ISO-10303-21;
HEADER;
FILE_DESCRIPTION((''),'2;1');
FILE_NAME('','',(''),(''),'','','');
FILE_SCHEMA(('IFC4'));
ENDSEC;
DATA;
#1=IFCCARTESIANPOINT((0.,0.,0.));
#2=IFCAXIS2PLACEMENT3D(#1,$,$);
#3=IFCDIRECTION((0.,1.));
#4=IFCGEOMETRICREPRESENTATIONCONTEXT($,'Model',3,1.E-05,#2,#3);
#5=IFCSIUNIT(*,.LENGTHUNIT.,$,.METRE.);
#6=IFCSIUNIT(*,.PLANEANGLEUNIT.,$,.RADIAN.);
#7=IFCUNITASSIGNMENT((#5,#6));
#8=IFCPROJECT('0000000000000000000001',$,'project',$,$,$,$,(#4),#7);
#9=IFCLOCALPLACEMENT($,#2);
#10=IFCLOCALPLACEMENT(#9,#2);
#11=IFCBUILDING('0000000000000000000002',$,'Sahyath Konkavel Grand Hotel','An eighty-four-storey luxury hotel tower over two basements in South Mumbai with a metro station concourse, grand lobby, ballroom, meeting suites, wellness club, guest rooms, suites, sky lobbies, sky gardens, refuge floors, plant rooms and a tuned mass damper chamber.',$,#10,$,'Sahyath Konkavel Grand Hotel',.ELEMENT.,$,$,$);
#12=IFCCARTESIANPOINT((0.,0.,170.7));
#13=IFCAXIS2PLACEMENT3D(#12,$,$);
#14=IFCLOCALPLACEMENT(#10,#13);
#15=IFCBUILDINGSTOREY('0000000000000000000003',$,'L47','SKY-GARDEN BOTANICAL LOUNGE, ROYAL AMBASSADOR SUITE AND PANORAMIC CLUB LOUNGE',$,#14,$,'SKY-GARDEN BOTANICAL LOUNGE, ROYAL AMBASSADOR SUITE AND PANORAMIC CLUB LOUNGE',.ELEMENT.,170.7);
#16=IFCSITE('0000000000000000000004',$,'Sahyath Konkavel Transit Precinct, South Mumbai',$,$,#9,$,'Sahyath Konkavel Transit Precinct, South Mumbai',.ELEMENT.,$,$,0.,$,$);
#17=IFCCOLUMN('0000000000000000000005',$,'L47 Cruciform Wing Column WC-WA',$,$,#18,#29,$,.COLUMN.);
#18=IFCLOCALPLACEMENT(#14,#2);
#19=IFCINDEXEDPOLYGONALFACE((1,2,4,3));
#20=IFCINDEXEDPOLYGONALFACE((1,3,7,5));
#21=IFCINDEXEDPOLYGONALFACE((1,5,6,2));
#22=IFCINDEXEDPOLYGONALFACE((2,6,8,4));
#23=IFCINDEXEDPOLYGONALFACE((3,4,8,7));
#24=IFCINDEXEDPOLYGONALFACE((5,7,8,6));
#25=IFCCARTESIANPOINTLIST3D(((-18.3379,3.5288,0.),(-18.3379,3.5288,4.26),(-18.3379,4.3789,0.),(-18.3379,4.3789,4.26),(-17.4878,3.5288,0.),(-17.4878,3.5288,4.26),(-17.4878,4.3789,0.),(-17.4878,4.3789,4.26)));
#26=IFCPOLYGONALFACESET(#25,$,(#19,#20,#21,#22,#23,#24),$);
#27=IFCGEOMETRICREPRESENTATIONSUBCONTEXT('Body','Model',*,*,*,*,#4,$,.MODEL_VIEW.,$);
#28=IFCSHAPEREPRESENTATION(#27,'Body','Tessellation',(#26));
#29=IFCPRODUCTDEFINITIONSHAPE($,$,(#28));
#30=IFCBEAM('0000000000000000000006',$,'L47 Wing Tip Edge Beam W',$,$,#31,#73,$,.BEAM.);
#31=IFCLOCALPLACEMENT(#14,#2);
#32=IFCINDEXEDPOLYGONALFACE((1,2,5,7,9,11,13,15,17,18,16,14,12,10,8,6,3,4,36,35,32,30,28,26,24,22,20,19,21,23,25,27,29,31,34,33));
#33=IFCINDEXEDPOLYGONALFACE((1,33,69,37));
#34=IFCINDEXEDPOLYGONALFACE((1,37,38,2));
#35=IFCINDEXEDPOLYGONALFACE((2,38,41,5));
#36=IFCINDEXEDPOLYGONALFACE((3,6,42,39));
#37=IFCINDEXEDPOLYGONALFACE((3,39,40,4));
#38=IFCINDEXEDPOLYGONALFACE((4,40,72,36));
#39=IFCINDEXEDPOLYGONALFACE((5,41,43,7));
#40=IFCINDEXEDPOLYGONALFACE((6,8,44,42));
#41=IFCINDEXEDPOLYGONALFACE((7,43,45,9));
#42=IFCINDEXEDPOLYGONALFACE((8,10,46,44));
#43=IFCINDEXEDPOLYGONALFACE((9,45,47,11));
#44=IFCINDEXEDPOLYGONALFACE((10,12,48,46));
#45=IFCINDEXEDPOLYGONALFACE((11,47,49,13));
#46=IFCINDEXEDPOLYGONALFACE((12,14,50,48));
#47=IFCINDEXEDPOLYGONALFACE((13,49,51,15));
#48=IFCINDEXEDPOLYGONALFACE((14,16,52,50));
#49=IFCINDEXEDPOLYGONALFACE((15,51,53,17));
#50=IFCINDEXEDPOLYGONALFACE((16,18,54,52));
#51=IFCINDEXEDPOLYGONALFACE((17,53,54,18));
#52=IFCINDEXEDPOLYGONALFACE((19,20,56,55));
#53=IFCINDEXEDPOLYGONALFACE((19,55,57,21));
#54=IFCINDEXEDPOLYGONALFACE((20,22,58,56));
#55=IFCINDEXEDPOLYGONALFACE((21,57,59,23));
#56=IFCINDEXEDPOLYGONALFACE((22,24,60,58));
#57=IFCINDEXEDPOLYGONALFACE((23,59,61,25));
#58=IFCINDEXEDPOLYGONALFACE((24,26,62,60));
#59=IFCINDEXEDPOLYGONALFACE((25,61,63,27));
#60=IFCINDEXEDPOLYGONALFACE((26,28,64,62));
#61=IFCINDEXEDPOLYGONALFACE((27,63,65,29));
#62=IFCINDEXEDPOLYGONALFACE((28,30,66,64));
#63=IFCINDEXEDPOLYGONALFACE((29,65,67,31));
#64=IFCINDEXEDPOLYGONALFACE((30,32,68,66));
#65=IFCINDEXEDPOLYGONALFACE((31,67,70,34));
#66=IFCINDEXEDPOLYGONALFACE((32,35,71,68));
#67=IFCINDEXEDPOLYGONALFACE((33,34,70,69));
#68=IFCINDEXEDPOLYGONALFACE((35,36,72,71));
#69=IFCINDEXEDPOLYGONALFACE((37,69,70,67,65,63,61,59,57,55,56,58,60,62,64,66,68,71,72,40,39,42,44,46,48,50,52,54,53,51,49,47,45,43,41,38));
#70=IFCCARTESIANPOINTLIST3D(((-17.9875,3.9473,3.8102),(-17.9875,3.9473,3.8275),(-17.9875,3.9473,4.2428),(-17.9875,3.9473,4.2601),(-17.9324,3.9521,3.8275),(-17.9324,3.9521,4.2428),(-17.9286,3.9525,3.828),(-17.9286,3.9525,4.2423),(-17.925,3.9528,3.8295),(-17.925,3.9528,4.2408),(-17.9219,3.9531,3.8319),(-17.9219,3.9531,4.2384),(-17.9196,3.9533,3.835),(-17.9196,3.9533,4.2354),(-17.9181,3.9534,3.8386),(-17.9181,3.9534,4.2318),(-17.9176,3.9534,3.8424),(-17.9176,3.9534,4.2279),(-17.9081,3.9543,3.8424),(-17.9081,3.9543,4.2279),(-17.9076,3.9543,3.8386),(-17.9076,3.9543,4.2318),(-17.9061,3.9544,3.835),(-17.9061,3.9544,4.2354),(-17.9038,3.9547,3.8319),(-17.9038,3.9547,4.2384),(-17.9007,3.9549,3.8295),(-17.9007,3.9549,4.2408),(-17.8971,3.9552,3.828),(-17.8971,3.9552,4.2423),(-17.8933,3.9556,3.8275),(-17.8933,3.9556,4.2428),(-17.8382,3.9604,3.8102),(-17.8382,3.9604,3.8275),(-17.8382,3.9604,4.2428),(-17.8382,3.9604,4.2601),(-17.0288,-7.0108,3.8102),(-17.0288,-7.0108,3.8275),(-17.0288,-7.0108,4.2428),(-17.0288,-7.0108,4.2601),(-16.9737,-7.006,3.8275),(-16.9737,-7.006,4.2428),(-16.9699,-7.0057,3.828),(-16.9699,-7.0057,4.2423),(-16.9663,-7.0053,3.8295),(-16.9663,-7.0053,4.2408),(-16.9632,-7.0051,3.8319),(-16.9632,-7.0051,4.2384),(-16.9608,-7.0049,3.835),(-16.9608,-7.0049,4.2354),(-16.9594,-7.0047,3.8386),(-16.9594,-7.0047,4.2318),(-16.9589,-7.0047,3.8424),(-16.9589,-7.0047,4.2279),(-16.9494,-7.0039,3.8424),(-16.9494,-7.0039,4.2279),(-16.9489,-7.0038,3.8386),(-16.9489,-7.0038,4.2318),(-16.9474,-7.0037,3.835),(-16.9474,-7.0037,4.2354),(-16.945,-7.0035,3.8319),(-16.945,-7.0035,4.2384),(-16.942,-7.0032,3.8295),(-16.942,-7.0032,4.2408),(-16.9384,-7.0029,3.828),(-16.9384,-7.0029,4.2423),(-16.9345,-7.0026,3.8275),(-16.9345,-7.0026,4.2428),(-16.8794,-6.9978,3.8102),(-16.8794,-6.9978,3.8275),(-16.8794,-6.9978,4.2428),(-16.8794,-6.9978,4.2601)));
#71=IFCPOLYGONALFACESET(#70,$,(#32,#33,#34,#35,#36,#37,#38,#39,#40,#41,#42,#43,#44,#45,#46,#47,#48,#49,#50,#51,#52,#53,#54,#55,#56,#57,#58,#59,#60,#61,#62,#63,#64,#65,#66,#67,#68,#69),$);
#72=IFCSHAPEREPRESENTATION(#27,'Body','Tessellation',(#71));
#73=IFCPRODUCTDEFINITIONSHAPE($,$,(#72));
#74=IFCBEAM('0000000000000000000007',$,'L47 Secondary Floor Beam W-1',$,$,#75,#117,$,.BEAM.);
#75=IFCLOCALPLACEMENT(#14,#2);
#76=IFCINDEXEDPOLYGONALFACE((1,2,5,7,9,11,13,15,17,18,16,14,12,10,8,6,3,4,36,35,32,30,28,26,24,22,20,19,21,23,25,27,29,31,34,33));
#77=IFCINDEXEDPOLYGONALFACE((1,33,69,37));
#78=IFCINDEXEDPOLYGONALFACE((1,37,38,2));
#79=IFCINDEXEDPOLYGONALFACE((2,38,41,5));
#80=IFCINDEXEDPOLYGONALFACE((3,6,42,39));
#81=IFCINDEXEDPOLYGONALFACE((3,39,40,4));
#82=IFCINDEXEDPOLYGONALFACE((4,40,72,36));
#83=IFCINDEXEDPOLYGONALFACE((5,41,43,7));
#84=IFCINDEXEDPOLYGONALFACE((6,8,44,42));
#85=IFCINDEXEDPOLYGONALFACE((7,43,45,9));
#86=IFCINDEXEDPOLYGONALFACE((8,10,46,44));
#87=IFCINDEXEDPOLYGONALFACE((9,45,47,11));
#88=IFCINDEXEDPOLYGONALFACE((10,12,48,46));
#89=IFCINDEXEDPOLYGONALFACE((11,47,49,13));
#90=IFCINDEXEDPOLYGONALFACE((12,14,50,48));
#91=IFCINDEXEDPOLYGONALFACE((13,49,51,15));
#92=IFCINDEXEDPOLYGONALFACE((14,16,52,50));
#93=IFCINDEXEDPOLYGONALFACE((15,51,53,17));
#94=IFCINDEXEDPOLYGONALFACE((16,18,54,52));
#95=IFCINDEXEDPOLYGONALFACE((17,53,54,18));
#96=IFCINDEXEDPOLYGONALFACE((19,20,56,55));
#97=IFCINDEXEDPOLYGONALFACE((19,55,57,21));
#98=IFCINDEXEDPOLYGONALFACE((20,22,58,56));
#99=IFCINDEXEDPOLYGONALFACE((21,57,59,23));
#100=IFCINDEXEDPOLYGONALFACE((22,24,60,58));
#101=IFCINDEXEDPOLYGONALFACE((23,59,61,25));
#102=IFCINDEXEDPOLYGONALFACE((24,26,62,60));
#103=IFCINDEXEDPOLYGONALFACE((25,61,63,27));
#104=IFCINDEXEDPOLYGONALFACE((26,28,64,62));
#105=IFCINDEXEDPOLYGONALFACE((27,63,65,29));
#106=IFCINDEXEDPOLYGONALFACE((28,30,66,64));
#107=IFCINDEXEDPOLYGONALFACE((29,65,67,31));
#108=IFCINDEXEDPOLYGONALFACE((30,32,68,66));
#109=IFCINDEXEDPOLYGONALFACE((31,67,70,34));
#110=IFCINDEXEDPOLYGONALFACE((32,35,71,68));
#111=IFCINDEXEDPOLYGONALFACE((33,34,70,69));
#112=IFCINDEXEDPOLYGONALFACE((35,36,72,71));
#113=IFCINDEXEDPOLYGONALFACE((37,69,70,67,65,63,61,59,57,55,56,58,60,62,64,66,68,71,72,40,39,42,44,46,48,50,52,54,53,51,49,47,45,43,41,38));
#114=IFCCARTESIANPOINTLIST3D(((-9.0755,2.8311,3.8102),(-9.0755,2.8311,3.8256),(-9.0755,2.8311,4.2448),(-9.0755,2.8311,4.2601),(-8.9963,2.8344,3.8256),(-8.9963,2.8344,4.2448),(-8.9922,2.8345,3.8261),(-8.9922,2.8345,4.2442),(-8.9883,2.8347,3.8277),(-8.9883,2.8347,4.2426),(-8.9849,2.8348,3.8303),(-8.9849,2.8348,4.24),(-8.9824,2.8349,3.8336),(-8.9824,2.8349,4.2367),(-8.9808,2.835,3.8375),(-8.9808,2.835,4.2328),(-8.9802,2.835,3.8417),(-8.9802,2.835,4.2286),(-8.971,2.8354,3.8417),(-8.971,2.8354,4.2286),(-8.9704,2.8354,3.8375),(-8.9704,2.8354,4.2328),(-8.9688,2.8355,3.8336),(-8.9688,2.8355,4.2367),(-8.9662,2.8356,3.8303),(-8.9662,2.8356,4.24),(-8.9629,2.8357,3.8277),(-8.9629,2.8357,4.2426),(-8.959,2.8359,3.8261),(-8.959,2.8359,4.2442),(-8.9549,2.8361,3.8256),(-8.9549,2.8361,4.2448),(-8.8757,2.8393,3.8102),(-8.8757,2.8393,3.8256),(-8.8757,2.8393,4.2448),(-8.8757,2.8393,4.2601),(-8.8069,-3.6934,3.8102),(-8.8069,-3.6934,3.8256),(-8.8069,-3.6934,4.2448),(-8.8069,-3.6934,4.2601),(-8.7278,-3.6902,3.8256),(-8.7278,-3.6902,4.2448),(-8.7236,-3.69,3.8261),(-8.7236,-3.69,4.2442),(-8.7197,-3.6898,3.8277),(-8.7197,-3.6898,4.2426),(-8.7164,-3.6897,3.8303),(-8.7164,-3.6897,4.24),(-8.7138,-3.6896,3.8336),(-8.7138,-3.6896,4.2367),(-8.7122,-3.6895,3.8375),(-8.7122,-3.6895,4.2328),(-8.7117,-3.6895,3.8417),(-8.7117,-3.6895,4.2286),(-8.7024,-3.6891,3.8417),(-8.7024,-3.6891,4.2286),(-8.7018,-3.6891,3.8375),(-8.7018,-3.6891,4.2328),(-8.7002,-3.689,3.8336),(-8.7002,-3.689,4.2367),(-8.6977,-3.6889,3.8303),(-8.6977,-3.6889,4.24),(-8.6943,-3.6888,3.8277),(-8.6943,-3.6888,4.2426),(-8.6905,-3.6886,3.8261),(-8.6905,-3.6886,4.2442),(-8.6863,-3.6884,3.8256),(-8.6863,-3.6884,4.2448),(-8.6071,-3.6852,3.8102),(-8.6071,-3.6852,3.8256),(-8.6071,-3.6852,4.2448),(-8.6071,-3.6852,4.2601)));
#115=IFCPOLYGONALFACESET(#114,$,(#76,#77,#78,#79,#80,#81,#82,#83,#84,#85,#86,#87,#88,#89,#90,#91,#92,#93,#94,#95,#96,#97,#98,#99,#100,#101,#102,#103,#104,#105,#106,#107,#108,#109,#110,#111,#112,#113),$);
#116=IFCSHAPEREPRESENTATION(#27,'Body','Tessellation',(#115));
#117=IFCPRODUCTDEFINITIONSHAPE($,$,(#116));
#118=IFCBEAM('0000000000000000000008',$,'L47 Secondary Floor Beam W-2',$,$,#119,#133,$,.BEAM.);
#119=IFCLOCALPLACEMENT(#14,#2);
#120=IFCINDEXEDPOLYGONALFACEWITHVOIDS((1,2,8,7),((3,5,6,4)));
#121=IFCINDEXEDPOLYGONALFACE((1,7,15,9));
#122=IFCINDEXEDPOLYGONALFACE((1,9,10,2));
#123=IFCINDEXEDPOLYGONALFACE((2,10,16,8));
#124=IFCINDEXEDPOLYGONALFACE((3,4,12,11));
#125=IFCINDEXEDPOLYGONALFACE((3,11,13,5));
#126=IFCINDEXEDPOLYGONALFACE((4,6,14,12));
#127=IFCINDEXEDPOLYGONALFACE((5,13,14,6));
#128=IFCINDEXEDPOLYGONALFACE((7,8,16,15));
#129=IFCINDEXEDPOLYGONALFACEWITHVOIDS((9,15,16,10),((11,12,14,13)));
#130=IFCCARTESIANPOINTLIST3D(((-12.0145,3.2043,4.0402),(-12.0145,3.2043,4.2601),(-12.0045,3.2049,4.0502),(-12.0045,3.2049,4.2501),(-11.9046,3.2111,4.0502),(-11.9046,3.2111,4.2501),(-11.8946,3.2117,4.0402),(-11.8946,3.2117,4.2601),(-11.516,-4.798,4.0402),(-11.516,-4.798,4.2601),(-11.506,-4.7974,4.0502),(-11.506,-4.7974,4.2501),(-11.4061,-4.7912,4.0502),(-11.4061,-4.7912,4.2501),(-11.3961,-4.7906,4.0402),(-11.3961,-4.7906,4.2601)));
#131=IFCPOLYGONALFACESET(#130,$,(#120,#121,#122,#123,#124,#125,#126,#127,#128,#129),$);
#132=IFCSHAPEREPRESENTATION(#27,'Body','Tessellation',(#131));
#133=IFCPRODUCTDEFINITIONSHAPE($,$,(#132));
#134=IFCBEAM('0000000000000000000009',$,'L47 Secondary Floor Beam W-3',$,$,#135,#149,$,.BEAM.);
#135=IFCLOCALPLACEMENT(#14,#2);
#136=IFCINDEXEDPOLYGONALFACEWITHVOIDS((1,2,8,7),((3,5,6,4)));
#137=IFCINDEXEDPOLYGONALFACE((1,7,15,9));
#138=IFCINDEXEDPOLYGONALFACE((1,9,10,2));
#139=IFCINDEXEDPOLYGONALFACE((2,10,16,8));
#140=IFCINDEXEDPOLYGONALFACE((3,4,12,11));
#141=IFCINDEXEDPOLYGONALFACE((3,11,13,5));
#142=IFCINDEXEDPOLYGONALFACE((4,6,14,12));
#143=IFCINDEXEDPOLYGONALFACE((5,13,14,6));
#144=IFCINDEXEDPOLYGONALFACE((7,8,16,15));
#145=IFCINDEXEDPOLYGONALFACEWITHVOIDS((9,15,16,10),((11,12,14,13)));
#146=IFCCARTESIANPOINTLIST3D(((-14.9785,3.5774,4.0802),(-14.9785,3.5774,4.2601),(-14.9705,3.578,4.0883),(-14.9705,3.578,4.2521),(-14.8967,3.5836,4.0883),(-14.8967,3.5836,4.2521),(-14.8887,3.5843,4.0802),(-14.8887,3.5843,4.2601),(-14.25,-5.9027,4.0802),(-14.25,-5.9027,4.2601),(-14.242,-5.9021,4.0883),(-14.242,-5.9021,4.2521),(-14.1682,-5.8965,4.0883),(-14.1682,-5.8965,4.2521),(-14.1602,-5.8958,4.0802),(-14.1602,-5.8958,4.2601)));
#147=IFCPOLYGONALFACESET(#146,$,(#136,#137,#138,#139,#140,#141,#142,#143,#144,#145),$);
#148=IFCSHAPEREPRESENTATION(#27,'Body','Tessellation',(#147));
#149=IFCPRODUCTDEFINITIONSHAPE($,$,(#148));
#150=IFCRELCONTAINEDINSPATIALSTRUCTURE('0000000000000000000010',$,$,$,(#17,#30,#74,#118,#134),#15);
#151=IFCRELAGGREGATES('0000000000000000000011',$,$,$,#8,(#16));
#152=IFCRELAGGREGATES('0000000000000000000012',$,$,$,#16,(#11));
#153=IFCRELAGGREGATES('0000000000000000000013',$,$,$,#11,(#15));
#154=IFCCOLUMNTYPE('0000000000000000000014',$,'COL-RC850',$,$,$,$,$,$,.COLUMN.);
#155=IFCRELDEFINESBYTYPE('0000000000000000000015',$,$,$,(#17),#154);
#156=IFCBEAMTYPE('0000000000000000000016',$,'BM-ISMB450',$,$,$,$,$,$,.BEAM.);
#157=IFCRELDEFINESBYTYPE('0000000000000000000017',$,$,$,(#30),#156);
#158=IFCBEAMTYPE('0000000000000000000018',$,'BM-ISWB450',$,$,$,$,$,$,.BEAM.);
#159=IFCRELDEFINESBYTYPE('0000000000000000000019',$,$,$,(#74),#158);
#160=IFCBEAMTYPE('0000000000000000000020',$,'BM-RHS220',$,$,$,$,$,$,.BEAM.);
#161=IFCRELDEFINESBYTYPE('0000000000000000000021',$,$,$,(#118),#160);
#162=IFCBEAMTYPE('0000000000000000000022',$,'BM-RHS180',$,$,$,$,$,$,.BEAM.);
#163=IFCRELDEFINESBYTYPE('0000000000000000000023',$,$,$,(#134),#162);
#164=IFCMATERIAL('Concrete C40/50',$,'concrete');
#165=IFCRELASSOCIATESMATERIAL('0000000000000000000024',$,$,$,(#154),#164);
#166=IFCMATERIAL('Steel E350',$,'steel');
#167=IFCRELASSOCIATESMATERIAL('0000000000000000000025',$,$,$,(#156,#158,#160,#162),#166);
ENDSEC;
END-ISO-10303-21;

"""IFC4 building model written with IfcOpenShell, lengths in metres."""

from ifc_helpers import new_model, si_unit, direction, frame, origin, origin_2d, place, context, subcontext, project, spatial, rectangle, hollow_rectangle, i_section, extrude, source, transform, mapped, material, material_profile, profile_set, type_object, element, save


model = new_model("IFC4")

# Units and contexts
model_context = context("Model", 3, precision=1e-05, world=origin(), true_north=direction((0.0, 1.0)))
body_context = subcontext(model_context, "Body", "Model", "MODEL_VIEW")
ifc_project = project(units=[si_unit("LENGTHUNIT", "METRE"), si_unit("PLANEANGLEUNIT", "RADIAN")], contexts=[model_context])

# Site, building, storey
site_placement = place(None, origin())
site = spatial("IfcSite", under=ifc_project, at=site_placement, Name="Sahyath Konkavel Transit Precinct, South Mumbai", LongName="Sahyath Konkavel Transit Precinct, South Mumbai", CompositionType="ELEMENT", RefElevation=0.0)
building_placement = place(site_placement, origin())
building = spatial("IfcBuilding", under=site, at=building_placement, Name="Sahyath Konkavel Grand Hotel", Description="An eighty-four-storey luxury hotel tower over two basements in South Mumbai with a metro station concourse, grand lobby, ballroom, meeting suites, wellness club, guest rooms, suites, sky lobbies, sky gardens, refuge floors, plant rooms and a tuned mass damper chamber.", LongName="Sahyath Konkavel Grand Hotel", CompositionType="ELEMENT")
storey_placement = place(building_placement, frame((0.0, 0.0, 170.7)))
storey = spatial("IfcBuildingStorey", under=building, at=storey_placement, Name="L47", Description="SKY-GARDEN BOTANICAL LOUNGE, ROYAL AMBASSADOR SUITE AND PANORAMIC CLUB LOUNGE", LongName="SKY-GARDEN BOTANICAL LOUNGE, ROYAL AMBASSADOR SUITE AND PANORAMIC CLUB LOUNGE", CompositionType="ELEMENT", Elevation=170.7)

# Column
ifc_material_1 = material(Name="Concrete C40/50", Category="concrete")
ifc_material_profile_1 = material_profile(ifc_material_1, rectangle(XDim=0.8501, YDim=0.8501, at=origin_2d()), Name="RC 850x850")
ifc_profile_set_1 = profile_set([ifc_material_profile_1], Name="Concrete C40/50")
column_type = type_object("IfcColumnType", Name="COL-RC850", PredefinedType="COLUMN", material=ifc_profile_set_1)
shared_shape_1 = source(origin(), body_context, "Body", "SweptSolid", [
    extrude(rectangle(XDim=0.8501, YDim=0.8501, at=origin_2d()), origin(), (0.0, 0.0, 1.0), 4.26),
])
column_placement = place(storey_placement, frame((-17.9128, 3.9539, 0.0), z_axis=(0.0, 0.0, 1.0), x_axis=(1.0, 0.0, 0.0)))
element("IfcColumn", 1, at=column_placement, inside=storey, type_object=column_type, Name="L47 Cruciform Wing Column WC-WA", PredefinedType="COLUMN", context=body_context, shape_type="MappedRepresentation", body=[
    mapped(shared_shape_1, transform((0.0, 0.0, 0.0), scale=1.0)),
])

# Beams
ifc_material_2 = material(Name="Steel E350", Category="steel")
ifc_material_profile_2 = material_profile(ifc_material_2, i_section(OverallWidth=0.1499, OverallDepth=0.45, WebThickness=0.0095, FlangeThickness=0.0173, FilletRadius=0.0149, at=origin_2d()), Name="ISMB 450")
ifc_profile_set_2 = profile_set([ifc_material_profile_2], Name="Steel E350")
beam_type_1 = type_object("IfcBeamType", Name="BM-ISMB450", PredefinedType="BEAM", material=ifc_profile_set_2)
shared_shape_2 = source(origin(), body_context, "Body", "SweptSolid", [
    extrude(i_section(OverallWidth=0.1499, OverallDepth=0.45, WebThickness=0.0095, FlangeThickness=0.0173, FilletRadius=0.0149, at=origin_2d()), origin(), (0.0, 0.0, 1.0), 11.0),
])
beam_1_placement = place(storey_placement, frame((-17.9128, 3.9539, 4.0352), z_axis=(0.087157, -0.996195, 0.0), x_axis=(0.996195, 0.087157, 0.0)))
element("IfcBeam", 2, at=beam_1_placement, inside=storey, type_object=beam_type_1, Name="L47 Wing Tip Edge Beam W", PredefinedType="BEAM", context=body_context, shape_type="MappedRepresentation", body=[
    mapped(shared_shape_2, transform((0.0, 0.0, 0.0), scale=1.0)),
])
ifc_material_profile_3 = material_profile(ifc_material_2, i_section(OverallWidth=0.2, OverallDepth=0.45, WebThickness=0.0093, FlangeThickness=0.0154, FilletRadius=0.0161, at=origin_2d()), Name="ISWB 450")
ifc_profile_set_3 = profile_set([ifc_material_profile_3], Name="Steel E350")
beam_type_2 = type_object("IfcBeamType", Name="BM-ISWB450", PredefinedType="BEAM", material=ifc_profile_set_3)
shared_shape_3 = source(origin(), body_context, "Body", "SweptSolid", [
    extrude(i_section(OverallWidth=0.2, OverallDepth=0.45, WebThickness=0.0093, FlangeThickness=0.0154, FilletRadius=0.0161, at=origin_2d()), origin(), (0.0, 0.0, 1.0), 6.53),
])
beam_2_placement = place(storey_placement, frame((-8.9756, 2.8352, 4.0352), z_axis=(0.041127, -0.999154, 0.0), x_axis=(0.999154, 0.041127, 0.0)))
element("IfcBeam", 3, at=beam_2_placement, inside=storey, type_object=beam_type_2, Name="L47 Secondary Floor Beam W-1", PredefinedType="BEAM", context=body_context, shape_type="MappedRepresentation", body=[
    mapped(shared_shape_3, transform((0.0, 0.0, 0.0), scale=1.0)),
])
ifc_material_profile_4 = material_profile(ifc_material_2, hollow_rectangle(XDim=0.1201, YDim=0.22, WallThickness=0.01, at=origin_2d()), Name="RHS 220x120x10")
ifc_profile_set_4 = profile_set([ifc_material_profile_4], Name="Steel E350")
beam_type_3 = type_object("IfcBeamType", Name="BM-RHS220", PredefinedType="BEAM", material=ifc_profile_set_4)
shared_shape_4 = source(origin(), body_context, "Body", "SweptSolid", [
    extrude(hollow_rectangle(XDim=0.1201, YDim=0.22, WallThickness=0.01, at=origin_2d()), origin(), (0.0, 0.0, 1.0), 8.0178),
])
beam_3_placement = place(storey_placement, frame((-11.9546, 3.208, 4.1501), z_axis=(0.062179, -0.998065, 0.0), x_axis=(0.998065, 0.062179, 0.0)))
element("IfcBeam", 4, at=beam_3_placement, inside=storey, type_object=beam_type_3, Name="L47 Secondary Floor Beam W-2", PredefinedType="BEAM", context=body_context, shape_type="MappedRepresentation", body=[
    mapped(shared_shape_4, transform((0.0, 0.0, 0.0), scale=1.0)),
])
ifc_material_profile_5 = material_profile(ifc_material_2, hollow_rectangle(XDim=0.0901, YDim=0.1799, WallThickness=0.0081, at=origin_2d()), Name="RHS 180x90x8")
ifc_profile_set_5 = profile_set([ifc_material_profile_5], Name="Steel E350")
beam_type_4 = type_object("IfcBeamType", Name="BM-RHS180", PredefinedType="BEAM", material=ifc_profile_set_5)
shared_shape_5 = source(origin(), body_context, "Body", "SweptSolid", [
    extrude(hollow_rectangle(XDim=0.0901, YDim=0.1799, WallThickness=0.0081, at=origin_2d()), origin(), (0.0, 0.0, 1.0), 9.5081),
])
beam_4_placement = place(storey_placement, frame((-14.9336, 3.5808, 4.1702), z_axis=(0.07662, -0.99706, 0.0), x_axis=(0.99706, 0.07662, 0.0)))
element("IfcBeam", 5, at=beam_4_placement, inside=storey, type_object=beam_type_4, Name="L47 Secondary Floor Beam W-3", PredefinedType="BEAM", context=body_context, shape_type="MappedRepresentation", body=[
    mapped(shared_shape_5, transform((0.0, 0.0, 0.0), scale=1.0)),
])

save(model, "model.ifc")
